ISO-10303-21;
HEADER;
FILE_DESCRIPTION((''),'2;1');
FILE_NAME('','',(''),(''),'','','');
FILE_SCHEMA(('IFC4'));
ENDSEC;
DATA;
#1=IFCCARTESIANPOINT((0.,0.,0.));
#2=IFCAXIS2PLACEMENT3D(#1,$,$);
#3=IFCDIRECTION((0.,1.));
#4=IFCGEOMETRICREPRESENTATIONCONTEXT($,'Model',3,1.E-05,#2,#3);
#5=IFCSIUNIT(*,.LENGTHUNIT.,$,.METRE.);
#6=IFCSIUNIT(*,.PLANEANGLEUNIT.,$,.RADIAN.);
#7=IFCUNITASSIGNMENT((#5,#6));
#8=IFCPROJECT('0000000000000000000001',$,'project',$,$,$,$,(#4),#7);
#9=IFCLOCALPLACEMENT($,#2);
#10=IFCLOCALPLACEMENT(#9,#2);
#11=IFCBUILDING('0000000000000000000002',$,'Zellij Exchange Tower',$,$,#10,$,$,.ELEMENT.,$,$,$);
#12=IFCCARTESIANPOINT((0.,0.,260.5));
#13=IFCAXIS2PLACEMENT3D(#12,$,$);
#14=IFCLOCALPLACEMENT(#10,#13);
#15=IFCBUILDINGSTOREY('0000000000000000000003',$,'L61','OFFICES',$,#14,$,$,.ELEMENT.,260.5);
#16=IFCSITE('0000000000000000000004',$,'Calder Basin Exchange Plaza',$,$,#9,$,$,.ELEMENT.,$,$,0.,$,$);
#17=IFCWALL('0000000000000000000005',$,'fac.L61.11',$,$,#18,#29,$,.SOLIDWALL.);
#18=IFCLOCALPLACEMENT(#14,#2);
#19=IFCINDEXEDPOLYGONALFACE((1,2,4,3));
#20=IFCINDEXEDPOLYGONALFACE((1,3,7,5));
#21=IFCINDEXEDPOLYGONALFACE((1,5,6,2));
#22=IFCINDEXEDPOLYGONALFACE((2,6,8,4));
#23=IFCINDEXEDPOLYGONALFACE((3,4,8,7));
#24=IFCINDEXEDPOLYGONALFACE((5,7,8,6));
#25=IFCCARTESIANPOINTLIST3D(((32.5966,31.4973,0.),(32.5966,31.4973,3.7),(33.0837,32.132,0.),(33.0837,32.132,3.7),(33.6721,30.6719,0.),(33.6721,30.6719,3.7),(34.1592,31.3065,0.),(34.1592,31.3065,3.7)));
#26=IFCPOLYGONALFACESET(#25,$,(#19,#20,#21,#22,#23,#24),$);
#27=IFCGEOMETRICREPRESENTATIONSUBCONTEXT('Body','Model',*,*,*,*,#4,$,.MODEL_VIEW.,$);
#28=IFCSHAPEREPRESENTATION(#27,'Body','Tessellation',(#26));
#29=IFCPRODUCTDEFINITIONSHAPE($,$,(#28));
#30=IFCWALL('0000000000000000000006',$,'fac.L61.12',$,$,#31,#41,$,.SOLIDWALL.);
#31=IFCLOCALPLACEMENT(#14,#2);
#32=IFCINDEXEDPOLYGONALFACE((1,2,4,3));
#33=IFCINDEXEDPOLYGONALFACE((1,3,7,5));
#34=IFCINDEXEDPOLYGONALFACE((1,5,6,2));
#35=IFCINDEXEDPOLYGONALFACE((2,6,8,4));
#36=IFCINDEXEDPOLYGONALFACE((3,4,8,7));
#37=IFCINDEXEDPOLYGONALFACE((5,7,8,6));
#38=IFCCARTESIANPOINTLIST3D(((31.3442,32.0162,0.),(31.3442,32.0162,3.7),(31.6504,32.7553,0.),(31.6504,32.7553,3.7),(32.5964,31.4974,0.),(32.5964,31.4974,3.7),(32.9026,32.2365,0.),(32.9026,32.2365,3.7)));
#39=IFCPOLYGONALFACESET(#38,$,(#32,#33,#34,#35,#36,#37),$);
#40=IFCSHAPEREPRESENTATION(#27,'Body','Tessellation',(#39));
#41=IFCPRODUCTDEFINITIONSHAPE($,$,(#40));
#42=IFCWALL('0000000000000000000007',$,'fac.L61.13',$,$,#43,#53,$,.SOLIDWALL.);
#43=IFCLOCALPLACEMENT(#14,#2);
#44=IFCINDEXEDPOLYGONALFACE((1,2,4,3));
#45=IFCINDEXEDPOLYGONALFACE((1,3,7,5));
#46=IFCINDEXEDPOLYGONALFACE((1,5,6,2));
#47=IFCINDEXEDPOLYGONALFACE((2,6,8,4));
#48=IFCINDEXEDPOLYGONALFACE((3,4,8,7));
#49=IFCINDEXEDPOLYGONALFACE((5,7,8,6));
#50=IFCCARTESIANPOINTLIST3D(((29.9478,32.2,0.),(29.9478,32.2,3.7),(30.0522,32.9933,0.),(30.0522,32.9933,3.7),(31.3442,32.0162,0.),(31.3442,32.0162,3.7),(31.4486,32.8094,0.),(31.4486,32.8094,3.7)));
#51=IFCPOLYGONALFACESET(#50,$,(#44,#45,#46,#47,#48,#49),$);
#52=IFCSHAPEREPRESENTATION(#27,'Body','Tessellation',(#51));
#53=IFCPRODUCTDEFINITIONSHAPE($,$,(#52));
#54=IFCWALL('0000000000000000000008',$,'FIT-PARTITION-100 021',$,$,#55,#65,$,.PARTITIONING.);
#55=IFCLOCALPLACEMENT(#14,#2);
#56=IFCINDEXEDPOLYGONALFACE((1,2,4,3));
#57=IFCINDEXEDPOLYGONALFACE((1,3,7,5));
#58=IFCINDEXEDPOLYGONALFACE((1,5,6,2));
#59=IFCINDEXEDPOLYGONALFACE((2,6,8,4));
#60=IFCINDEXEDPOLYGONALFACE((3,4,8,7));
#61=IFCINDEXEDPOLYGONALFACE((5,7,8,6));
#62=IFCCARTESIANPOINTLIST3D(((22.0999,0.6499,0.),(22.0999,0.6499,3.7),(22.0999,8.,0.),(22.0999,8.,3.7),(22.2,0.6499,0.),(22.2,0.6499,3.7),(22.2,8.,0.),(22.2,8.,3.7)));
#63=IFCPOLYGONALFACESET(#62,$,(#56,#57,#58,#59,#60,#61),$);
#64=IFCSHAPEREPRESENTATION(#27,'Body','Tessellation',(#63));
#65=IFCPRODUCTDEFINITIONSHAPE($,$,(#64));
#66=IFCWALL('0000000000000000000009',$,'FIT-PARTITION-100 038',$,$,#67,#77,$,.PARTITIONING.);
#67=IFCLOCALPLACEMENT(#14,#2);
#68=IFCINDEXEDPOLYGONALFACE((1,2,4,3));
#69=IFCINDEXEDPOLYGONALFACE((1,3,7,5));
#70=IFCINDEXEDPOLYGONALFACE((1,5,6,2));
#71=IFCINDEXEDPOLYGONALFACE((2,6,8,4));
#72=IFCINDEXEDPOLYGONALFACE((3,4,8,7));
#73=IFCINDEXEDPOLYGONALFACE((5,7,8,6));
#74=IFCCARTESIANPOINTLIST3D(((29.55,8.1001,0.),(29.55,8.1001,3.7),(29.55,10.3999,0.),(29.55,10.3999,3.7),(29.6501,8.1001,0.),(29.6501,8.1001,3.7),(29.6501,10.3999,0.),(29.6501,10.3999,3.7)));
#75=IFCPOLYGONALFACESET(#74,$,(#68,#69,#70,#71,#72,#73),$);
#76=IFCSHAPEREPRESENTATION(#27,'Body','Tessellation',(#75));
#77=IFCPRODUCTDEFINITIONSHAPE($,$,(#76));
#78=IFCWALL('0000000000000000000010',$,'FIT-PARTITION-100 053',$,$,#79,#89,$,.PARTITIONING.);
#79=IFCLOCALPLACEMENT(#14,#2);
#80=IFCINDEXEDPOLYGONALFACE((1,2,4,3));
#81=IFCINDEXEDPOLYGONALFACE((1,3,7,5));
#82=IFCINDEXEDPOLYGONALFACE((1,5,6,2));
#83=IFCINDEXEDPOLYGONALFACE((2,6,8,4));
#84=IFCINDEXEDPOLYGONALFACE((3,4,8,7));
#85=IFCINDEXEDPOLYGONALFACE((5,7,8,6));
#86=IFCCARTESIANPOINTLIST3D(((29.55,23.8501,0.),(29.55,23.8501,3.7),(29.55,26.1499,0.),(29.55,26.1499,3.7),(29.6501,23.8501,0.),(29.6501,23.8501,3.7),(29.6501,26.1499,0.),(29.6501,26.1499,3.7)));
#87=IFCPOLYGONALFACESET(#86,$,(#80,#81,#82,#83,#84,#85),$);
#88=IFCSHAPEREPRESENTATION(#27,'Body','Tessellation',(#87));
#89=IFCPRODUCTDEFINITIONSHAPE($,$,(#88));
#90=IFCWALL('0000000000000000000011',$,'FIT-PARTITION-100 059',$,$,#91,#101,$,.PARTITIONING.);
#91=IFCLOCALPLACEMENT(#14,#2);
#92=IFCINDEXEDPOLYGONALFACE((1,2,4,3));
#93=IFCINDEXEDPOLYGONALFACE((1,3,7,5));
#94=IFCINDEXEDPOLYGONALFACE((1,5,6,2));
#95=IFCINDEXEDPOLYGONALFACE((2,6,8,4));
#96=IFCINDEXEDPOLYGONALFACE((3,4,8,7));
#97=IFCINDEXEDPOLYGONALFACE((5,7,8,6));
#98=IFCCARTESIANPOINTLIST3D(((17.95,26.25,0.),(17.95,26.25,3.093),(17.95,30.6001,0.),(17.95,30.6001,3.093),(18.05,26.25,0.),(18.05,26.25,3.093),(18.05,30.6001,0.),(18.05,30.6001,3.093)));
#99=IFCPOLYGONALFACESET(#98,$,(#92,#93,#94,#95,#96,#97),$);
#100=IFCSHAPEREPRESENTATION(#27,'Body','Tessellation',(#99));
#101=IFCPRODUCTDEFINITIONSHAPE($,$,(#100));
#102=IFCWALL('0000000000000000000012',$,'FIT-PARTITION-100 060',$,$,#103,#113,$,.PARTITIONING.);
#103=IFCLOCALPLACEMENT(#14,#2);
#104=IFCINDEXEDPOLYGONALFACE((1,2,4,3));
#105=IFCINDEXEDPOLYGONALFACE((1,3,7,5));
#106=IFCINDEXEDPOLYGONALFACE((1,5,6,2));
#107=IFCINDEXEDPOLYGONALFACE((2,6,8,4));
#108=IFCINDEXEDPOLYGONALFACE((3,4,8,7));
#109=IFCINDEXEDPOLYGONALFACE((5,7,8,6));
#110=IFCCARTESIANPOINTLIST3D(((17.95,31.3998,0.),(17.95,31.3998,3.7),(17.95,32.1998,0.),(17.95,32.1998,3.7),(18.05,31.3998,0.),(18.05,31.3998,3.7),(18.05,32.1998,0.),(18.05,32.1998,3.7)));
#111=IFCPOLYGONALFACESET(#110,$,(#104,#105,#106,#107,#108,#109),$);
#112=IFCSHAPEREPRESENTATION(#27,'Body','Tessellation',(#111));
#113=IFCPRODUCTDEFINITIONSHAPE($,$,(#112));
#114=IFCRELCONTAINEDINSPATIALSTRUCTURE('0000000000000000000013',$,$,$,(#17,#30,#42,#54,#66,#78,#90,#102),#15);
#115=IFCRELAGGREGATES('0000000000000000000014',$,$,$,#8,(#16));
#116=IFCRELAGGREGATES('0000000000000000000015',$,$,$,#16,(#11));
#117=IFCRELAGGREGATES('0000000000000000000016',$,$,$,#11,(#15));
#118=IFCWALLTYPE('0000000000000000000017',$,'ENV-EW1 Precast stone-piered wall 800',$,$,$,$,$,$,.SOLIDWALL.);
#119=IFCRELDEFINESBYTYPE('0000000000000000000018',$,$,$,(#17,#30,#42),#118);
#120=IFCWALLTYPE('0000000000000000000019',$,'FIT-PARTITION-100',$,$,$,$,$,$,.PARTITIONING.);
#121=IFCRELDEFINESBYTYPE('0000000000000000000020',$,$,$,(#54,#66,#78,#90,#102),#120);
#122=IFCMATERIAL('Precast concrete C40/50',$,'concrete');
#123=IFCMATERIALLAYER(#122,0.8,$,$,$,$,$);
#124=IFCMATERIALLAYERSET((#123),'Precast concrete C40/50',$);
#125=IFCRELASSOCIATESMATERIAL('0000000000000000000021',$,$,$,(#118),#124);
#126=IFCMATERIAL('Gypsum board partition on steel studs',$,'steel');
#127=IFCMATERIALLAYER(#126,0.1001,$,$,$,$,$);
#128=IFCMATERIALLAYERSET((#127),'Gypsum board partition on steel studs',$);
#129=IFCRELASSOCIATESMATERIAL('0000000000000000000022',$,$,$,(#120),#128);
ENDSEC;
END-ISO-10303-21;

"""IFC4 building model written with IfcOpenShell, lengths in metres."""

from ifc_helpers import new_model, si_unit, direction, frame, frame_2d, origin, place, context, subcontext, project, spatial, rectangle, extrude, material, layer, layer_set, type_object, element, save


model = new_model("IFC4")

# Units and contexts
model_context = context("Model", 3, precision=1e-05, world=origin(), true_north=direction((0.0, 1.0)))
body_context = subcontext(model_context, "Body", "Model", "MODEL_VIEW")
ifc_project = project(units=[si_unit("LENGTHUNIT", "METRE"), si_unit("PLANEANGLEUNIT", "RADIAN")], contexts=[model_context])

# Site, building, storey
site_placement = place(None, origin())
site = spatial("IfcSite", under=ifc_project, at=site_placement, Name="Calder Basin Exchange Plaza", CompositionType="ELEMENT", RefElevation=0.0)
building_placement = place(site_placement, origin())
building = spatial("IfcBuilding", under=site, at=building_placement, Name="Zellij Exchange Tower", CompositionType="ELEMENT")
storey_placement = place(building_placement, frame((0.0, 0.0, 260.5)))
storey = spatial("IfcBuildingStorey", under=building, at=storey_placement, Name="L61", Description="OFFICES", CompositionType="ELEMENT", Elevation=260.5)

# Walls
ifc_material_1 = material(Name="Precast concrete C40/50", Category="concrete")
ifc_layer_1 = layer(ifc_material_1, 0.8)
ifc_layer_set_1 = layer_set([ifc_layer_1], Name="Precast concrete C40/50")
wall_type_1 = type_object("IfcWallType", Name="ENV-EW1 Precast stone-piered wall 800", PredefinedType="SOLIDWALL", material=ifc_layer_set_1)
for number, where, z_axis, x_axis, name in (
    (1, (33.9155, 30.9893, 0.0), (0.0, 0.0, 1.0), (-0.793273, 0.608866, 0.0), "fac.L61.11"),
):
    element("IfcWall", number, at=place(storey_placement, frame(where, z_axis=z_axis, x_axis=x_axis)), inside=storey, type_object=wall_type_1, Name=name, PredefinedType="SOLIDWALL", context=body_context, shape_type="SweptSolid", body=[
        extrude(rectangle(XDim=1.3557, YDim=0.8, at=frame_2d((0.6777, 0.0))), origin(), (0.0, 0.0, 1.0), 3.7),
    ])
wall_1_placement = place(storey_placement, frame((32.7495, 31.8669, 0.0), z_axis=(0.0, 0.0, 1.0), x_axis=(-0.923848, 0.38276, 0.0)))
element("IfcWall", 2, at=wall_1_placement, inside=storey, type_object=wall_type_1, Name="fac.L61.12", PredefinedType="SOLIDWALL", context=body_context, shape_type="SweptSolid", body=[
    extrude(rectangle(XDim=1.3555, YDim=0.8, at=frame_2d((0.6777, 0.0))), origin(), (0.0, 0.0, 1.0), 3.7),
])
wall_2_placement = place(storey_placement, frame((31.3962, 32.4128, 0.0), z_axis=(0.0, 0.0, 1.0), x_axis=(-0.991446, 0.130517, 0.0)))
element("IfcWall", 3, at=wall_2_placement, inside=storey, type_object=wall_type_1, Name="fac.L61.13", PredefinedType="SOLIDWALL", context=body_context, shape_type="SweptSolid", body=[
    extrude(rectangle(XDim=1.4084, YDim=0.8, at=frame_2d((0.7041, 0.0))), origin(), (0.0, 0.0, 1.0), 3.7),
])
ifc_material_2 = material(Name="Gypsum board partition on steel studs", Category="steel")
ifc_layer_2 = layer(ifc_material_2, 0.1001)
ifc_layer_set_2 = layer_set([ifc_layer_2], Name="Gypsum board partition on steel studs")
wall_type_2 = type_object("IfcWallType", Name="FIT-PARTITION-100", PredefinedType="PARTITIONING", material=ifc_layer_set_2)
wall_3_placement = place(storey_placement, frame((22.1499, 0.6499, 0.0), z_axis=(0.0, 0.0, 1.0), x_axis=(0.0, 1.0, 0.0)))
element("IfcWall", 4, at=wall_3_placement, inside=storey, type_object=wall_type_2, Name="FIT-PARTITION-100 021", PredefinedType="PARTITIONING", context=body_context, shape_type="SweptSolid", body=[
    extrude(rectangle(XDim=7.3501, YDim=0.1001, at=frame_2d((3.675, 0.0))), origin(), (0.0, 0.0, 1.0), 3.7),
])
for number, where, z_axis, x_axis, name in (
    (5, (29.6001, 8.1001, 0.0), (0.0, 0.0, 1.0), (0.0, 1.0, 0.0), "FIT-PARTITION-100 038"),
    (6, (29.6001, 23.8501, 0.0), (0.0, 0.0, 1.0), (0.0, 1.0, 0.0), "FIT-PARTITION-100 053"),
):
    element("IfcWall", number, at=place(storey_placement, frame(where, z_axis=z_axis, x_axis=x_axis)), inside=storey, type_object=wall_type_2, Name=name, PredefinedType="PARTITIONING", context=body_context, shape_type="SweptSolid", body=[
        extrude(rectangle(XDim=2.2998, YDim=0.1001, at=frame_2d((1.1499, 0.0))), origin(), (0.0, 0.0, 1.0), 3.7),
    ])
wall_4_placement = place(storey_placement, frame((18.0, 26.25, 0.0), z_axis=(0.0, 0.0, 1.0), x_axis=(0.0, 1.0, 0.0)))
element("IfcWall", 7, at=wall_4_placement, inside=storey, type_object=wall_type_2, Name="FIT-PARTITION-100 059", PredefinedType="PARTITIONING", context=body_context, shape_type="SweptSolid", body=[
    extrude(rectangle(XDim=4.3501, YDim=0.1001, at=frame_2d((2.175, 0.0))), origin(), (0.0, 0.0, 1.0), 3.093),
])
wall_5_placement = place(storey_placement, frame((18.0, 31.3999, 0.0), z_axis=(0.0, 0.0, 1.0), x_axis=(0.0, 1.0, 0.0)))
element("IfcWall", 8, at=wall_5_placement, inside=storey, type_object=wall_type_2, Name="FIT-PARTITION-100 060", PredefinedType="PARTITIONING", context=body_context, shape_type="SweptSolid", body=[
    extrude(rectangle(XDim=0.8, YDim=0.1001, at=frame_2d((0.3999, 0.0))), origin(), (0.0, 0.0, 1.0), 3.7),
])

save(model, "model.ifc")
